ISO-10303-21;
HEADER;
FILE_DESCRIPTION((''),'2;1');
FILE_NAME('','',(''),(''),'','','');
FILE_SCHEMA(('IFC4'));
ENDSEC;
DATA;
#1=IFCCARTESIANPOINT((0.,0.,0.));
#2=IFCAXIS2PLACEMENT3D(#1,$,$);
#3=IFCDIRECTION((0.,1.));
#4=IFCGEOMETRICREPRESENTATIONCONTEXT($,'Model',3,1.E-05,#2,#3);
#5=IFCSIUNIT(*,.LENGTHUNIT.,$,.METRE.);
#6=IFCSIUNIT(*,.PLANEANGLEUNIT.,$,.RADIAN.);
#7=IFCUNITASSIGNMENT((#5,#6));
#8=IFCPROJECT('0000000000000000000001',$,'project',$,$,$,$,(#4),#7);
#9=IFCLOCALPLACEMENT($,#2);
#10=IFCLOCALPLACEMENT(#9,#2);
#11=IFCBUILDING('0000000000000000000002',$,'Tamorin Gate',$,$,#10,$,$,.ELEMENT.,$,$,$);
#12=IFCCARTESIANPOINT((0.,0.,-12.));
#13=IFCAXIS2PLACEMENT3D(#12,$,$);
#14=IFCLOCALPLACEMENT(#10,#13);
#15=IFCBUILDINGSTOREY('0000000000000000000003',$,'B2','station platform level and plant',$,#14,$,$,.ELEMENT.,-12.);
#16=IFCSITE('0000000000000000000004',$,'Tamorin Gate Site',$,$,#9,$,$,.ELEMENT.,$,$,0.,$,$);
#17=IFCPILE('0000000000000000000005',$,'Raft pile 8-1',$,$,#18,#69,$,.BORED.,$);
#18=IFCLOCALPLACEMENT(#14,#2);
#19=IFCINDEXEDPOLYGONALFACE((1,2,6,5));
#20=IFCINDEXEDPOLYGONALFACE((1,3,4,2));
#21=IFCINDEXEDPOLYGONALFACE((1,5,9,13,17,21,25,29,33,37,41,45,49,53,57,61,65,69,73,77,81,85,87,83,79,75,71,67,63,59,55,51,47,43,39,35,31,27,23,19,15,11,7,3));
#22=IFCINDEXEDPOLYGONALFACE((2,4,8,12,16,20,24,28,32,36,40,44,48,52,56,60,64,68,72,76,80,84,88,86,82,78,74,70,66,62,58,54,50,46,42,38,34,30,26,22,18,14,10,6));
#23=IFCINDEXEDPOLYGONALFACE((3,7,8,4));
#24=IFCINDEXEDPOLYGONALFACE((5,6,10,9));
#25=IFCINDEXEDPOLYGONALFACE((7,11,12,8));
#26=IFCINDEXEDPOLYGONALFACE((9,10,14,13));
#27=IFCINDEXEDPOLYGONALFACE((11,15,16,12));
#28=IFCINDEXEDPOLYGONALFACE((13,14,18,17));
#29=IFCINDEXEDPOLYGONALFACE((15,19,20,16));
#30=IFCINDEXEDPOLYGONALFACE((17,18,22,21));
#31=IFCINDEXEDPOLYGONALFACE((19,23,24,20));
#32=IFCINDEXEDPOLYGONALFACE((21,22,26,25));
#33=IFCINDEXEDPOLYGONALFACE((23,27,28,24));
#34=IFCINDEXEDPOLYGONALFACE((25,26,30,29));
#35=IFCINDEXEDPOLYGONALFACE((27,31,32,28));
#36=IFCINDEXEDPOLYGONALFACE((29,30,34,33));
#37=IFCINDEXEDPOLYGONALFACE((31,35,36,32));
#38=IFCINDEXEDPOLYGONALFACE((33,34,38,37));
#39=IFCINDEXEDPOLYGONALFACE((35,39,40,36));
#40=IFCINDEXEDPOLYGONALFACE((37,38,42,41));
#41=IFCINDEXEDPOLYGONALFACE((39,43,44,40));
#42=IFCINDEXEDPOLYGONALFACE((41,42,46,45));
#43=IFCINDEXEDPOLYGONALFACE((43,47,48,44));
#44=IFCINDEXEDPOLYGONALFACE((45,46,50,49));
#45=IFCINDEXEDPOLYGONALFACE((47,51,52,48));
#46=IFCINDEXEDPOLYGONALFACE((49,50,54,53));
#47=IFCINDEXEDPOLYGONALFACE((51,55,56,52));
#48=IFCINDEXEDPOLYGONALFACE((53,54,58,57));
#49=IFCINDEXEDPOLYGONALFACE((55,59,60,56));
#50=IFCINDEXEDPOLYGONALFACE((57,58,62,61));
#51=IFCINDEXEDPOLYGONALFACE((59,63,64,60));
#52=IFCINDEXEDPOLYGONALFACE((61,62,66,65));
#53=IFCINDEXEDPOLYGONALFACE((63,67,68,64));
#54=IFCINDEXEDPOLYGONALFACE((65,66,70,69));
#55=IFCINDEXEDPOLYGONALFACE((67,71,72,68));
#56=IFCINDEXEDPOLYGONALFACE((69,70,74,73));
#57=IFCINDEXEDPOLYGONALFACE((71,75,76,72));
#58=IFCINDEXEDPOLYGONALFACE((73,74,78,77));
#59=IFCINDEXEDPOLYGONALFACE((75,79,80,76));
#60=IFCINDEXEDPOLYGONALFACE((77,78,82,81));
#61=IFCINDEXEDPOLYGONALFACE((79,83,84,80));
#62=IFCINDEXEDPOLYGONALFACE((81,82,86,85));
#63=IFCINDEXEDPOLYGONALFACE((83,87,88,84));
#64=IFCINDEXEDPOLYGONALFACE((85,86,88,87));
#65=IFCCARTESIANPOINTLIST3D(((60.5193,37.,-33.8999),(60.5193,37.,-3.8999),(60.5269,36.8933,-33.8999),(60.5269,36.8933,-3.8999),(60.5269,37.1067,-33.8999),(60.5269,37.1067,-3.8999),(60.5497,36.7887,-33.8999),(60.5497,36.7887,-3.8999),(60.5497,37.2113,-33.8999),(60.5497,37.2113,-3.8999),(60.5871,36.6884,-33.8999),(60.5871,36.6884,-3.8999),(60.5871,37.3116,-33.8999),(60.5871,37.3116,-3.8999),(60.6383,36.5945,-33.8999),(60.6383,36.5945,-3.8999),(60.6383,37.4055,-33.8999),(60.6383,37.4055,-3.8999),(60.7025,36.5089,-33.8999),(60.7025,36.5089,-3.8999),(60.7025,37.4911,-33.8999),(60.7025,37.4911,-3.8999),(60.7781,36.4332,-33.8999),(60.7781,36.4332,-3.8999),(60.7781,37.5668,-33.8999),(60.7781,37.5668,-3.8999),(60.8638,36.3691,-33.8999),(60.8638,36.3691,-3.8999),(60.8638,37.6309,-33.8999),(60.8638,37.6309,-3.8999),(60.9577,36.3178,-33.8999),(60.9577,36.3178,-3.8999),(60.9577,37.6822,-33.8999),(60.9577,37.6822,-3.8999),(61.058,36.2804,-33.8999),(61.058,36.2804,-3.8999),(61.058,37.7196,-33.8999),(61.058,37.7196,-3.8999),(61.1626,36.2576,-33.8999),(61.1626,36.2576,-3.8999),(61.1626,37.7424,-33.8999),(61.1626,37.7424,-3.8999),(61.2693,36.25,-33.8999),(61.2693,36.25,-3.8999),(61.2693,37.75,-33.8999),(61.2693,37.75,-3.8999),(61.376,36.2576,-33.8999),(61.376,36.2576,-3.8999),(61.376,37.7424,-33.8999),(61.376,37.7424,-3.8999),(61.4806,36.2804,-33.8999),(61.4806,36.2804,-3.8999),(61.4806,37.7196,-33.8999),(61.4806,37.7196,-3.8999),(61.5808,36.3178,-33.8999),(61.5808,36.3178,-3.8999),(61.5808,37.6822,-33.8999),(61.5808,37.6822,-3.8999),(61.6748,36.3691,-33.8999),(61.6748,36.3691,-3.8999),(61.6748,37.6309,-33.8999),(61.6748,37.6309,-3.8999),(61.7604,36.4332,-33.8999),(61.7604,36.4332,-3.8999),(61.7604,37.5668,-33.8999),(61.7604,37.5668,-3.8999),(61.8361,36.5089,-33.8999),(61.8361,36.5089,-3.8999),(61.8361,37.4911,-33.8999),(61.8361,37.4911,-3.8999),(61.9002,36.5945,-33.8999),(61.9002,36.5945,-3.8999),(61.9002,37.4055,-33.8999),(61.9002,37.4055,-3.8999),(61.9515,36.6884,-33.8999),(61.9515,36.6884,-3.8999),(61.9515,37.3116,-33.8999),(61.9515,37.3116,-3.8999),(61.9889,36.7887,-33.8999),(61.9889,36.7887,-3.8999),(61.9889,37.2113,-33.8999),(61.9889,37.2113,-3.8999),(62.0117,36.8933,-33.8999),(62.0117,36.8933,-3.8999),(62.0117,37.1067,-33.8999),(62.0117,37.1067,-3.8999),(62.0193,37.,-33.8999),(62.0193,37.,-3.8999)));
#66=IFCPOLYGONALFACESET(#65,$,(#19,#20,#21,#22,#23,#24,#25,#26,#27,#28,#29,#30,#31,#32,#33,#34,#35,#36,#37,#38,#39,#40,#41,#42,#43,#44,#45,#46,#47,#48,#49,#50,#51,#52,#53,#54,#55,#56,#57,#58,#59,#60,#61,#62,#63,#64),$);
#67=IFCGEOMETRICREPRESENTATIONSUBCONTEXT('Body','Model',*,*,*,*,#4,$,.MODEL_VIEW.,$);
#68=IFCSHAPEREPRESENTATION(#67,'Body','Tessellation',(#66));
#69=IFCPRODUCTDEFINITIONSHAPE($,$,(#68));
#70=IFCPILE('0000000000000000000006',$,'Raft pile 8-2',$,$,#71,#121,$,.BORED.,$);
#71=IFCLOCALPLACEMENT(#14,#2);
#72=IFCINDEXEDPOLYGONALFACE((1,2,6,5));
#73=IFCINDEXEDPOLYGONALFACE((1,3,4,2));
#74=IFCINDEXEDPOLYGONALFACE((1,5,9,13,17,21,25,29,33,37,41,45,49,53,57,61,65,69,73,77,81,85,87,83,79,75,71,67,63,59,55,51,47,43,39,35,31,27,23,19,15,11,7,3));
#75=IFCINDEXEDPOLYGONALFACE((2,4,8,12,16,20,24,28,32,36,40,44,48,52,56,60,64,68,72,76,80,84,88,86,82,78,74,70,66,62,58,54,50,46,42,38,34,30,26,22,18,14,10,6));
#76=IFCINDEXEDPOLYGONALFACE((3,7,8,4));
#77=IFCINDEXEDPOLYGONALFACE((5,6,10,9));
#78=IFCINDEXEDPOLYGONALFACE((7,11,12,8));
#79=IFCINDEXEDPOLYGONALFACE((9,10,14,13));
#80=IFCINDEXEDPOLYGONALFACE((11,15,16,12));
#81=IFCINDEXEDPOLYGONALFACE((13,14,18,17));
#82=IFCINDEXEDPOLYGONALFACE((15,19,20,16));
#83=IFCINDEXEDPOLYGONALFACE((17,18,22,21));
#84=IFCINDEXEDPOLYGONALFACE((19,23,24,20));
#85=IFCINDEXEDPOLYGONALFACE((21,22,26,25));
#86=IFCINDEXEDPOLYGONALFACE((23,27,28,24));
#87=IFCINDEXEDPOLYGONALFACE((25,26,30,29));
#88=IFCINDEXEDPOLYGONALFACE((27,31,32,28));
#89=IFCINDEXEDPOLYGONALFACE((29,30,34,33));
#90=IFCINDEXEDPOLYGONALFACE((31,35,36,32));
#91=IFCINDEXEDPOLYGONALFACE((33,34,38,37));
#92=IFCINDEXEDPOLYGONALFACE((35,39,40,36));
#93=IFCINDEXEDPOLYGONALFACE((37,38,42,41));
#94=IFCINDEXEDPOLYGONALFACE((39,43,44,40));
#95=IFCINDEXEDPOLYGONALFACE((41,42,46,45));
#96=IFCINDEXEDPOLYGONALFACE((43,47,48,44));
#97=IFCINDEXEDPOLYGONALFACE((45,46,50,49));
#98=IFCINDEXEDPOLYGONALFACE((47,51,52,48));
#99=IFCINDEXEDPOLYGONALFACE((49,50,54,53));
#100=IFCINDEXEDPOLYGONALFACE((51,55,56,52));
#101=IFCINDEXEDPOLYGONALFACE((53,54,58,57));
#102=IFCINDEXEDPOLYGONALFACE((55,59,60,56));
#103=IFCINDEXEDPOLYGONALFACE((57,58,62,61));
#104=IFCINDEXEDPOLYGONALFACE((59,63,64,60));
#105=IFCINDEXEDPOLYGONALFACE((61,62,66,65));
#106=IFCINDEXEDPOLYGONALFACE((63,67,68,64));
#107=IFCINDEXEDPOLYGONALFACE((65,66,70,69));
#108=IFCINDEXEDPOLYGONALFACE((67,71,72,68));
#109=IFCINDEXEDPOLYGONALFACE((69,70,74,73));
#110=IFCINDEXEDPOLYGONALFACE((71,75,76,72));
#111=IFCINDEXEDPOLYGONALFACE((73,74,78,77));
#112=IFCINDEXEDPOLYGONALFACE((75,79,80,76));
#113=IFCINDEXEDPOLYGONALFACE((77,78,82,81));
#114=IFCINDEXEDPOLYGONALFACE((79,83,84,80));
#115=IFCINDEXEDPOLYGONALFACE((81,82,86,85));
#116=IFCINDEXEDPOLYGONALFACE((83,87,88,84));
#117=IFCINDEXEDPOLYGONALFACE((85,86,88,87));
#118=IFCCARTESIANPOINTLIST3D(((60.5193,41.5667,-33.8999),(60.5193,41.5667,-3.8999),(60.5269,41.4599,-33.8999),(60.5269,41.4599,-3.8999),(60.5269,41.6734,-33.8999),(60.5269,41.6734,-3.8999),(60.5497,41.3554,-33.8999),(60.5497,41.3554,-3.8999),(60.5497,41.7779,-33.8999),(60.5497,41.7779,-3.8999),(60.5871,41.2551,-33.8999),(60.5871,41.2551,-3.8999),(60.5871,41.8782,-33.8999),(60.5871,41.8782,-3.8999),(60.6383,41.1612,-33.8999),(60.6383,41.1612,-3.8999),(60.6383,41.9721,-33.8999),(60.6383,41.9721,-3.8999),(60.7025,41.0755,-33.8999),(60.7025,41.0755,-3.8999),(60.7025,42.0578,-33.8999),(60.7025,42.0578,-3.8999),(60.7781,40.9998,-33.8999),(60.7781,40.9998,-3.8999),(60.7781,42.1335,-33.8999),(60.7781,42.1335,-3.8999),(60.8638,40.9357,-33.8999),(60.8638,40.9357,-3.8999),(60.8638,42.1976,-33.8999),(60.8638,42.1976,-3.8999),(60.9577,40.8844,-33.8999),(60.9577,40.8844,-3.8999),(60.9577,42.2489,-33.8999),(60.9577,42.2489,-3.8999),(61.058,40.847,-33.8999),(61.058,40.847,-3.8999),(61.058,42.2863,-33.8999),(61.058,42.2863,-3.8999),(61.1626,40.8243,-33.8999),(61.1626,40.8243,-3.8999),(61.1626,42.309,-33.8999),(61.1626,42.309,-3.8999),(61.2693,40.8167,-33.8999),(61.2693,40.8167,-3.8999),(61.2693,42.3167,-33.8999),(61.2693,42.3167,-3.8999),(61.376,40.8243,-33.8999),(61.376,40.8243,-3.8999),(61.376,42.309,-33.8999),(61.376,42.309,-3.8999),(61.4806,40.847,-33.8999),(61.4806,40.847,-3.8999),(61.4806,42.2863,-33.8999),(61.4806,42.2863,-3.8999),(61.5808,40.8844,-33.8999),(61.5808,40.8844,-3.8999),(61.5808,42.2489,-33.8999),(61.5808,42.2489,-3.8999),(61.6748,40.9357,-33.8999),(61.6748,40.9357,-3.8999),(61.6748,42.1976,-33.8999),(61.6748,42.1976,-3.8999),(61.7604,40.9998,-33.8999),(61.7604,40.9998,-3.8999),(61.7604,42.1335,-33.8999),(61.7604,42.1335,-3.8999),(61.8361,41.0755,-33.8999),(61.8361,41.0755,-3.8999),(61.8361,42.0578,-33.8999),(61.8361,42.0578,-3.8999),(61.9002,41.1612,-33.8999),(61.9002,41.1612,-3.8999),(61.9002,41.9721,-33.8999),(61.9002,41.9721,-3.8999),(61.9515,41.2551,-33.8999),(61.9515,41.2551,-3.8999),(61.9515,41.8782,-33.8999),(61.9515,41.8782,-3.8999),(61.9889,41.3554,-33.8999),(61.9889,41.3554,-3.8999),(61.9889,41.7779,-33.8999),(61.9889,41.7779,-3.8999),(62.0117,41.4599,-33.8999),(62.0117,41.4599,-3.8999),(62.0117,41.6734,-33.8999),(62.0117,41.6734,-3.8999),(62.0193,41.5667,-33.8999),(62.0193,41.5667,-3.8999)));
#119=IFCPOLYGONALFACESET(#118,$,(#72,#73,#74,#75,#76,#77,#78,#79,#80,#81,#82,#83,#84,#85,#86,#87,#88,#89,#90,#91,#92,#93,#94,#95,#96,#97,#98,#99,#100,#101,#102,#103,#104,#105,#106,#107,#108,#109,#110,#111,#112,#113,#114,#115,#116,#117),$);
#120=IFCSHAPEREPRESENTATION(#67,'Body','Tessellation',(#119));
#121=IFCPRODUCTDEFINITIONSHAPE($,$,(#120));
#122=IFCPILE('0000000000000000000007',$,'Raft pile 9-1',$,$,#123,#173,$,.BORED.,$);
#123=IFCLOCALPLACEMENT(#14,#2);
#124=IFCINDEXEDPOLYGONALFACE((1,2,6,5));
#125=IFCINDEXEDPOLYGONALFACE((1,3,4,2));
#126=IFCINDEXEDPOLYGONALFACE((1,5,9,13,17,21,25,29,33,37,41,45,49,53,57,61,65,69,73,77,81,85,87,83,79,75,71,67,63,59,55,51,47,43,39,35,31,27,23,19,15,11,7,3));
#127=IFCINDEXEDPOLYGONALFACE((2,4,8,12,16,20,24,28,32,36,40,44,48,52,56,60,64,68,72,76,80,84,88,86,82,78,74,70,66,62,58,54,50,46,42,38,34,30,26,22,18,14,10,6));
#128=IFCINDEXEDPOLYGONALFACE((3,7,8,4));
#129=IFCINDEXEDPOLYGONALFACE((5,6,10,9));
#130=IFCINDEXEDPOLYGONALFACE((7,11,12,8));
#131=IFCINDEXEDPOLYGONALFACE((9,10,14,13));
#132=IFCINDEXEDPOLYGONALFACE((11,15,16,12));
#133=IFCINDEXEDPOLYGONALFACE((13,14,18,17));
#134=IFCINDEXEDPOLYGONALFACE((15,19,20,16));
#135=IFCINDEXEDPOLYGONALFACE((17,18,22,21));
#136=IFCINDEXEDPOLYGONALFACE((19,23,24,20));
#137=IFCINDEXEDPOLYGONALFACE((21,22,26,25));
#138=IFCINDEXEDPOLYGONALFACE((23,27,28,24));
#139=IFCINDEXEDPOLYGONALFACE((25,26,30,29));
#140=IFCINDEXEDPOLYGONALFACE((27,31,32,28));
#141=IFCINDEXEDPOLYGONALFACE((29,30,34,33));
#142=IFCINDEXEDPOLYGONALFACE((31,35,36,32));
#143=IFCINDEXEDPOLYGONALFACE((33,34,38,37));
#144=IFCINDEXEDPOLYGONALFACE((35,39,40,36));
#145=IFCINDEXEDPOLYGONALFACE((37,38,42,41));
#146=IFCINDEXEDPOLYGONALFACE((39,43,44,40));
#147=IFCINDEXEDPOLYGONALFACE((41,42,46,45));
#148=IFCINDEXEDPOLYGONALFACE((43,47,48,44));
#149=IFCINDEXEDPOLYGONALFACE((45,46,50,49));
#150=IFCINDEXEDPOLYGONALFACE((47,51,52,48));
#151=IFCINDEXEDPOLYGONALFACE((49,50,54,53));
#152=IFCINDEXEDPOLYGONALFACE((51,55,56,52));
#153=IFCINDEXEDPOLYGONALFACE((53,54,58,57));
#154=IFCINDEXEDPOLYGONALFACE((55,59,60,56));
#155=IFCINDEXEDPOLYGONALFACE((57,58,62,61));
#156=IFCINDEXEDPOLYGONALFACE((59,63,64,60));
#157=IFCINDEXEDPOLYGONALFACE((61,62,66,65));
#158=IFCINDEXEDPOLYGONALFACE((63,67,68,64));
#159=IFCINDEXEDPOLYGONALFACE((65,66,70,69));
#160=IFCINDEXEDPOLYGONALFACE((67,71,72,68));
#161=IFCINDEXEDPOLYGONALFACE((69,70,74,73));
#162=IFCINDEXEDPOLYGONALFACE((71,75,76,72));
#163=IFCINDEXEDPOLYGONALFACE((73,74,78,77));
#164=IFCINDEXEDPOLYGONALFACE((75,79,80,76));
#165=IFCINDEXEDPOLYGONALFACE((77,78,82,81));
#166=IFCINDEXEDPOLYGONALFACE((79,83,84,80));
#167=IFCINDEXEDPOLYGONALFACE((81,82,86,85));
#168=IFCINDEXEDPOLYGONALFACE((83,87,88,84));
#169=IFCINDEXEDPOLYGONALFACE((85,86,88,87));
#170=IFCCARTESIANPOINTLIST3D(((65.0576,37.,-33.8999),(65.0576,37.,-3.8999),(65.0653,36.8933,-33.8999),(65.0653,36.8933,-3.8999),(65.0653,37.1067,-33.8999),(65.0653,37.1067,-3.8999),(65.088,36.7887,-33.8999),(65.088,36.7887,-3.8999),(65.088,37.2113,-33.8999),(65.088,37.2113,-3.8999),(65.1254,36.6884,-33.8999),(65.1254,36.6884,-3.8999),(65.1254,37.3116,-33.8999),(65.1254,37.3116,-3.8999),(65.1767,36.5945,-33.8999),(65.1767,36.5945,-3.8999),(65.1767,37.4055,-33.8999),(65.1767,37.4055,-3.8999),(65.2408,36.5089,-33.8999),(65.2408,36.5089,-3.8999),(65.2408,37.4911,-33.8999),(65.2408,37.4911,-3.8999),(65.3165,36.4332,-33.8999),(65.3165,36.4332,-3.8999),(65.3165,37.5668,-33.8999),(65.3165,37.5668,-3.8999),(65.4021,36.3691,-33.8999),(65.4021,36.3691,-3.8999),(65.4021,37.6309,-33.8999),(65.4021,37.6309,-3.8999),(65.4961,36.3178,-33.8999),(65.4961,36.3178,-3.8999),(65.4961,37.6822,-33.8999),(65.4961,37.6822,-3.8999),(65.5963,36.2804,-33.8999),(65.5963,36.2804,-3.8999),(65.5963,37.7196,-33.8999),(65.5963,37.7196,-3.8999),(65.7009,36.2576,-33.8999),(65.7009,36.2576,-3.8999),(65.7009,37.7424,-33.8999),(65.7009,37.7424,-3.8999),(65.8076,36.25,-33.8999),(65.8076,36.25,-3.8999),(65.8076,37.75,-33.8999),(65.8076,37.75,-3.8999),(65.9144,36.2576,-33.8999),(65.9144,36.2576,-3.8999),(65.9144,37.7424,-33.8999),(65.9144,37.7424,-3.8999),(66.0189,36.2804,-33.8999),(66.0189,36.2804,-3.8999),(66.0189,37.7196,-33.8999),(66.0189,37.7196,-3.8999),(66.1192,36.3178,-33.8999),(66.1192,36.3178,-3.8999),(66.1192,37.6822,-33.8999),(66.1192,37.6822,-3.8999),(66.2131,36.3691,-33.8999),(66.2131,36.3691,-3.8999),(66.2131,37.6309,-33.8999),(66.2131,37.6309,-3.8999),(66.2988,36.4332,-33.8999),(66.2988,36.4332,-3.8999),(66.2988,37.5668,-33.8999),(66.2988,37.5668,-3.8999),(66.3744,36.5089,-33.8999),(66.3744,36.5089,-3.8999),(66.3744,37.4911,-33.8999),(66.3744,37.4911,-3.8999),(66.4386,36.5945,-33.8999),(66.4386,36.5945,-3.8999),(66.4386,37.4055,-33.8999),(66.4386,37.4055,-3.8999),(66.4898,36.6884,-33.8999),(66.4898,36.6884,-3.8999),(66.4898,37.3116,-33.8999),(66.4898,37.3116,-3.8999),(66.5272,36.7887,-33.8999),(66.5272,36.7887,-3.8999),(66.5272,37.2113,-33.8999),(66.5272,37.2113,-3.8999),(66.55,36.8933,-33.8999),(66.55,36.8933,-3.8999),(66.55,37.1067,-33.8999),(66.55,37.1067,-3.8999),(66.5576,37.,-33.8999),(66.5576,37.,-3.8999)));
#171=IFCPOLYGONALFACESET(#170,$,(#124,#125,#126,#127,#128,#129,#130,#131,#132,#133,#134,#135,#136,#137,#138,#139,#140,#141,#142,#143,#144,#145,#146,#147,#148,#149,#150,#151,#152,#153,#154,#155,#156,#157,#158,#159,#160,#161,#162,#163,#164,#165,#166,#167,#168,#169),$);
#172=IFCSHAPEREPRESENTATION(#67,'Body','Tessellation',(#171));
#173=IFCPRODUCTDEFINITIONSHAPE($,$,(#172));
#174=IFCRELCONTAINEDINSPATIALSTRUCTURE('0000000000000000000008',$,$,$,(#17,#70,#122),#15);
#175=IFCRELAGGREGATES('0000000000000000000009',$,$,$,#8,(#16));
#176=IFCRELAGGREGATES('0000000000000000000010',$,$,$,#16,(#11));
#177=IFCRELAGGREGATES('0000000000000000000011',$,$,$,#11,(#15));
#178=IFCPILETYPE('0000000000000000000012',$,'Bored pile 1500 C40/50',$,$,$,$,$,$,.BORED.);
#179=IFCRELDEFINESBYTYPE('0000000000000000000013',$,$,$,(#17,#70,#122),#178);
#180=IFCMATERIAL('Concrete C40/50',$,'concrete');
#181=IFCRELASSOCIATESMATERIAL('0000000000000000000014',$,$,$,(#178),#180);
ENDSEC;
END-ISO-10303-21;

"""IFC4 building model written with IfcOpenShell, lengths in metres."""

from ifc_helpers import new_model, si_unit, direction, frame, origin, origin_2d, place, context, subcontext, project, spatial, circle, extrude, material, material_profile, profile_set, type_object, element, save


model = new_model("IFC4")

# Units and contexts
model_context = context("Model", 3, precision=1e-05, world=origin(), true_north=direction((0.0, 1.0)))
body_context = subcontext(model_context, "Body", "Model", "MODEL_VIEW")
ifc_project = project(units=[si_unit("LENGTHUNIT", "METRE"), si_unit("PLANEANGLEUNIT", "RADIAN")], contexts=[model_context])

# Site, building, storey
site_placement = place(None, origin())
site = spatial("IfcSite", under=ifc_project, at=site_placement, Name="Tamorin Gate Site", CompositionType="ELEMENT", RefElevation=0.0)
building_placement = place(site_placement, origin())
building = spatial("IfcBuilding", under=site, at=building_placement, Name="Tamorin Gate", CompositionType="ELEMENT")
storey_placement = place(building_placement, frame((0.0, 0.0, -12.0)))
storey = spatial("IfcBuildingStorey", under=building, at=storey_placement, Name="B2", Description="station platform level and plant", CompositionType="ELEMENT", Elevation=-12.0)

# Piles
ifc_material_1 = material(Name="Concrete C40/50", Category="concrete")
ifc_material_profile_1 = material_profile(ifc_material_1, circle(Radius=0.75, at=origin_2d()))
ifc_profile_set_1 = profile_set([ifc_material_profile_1], Name="Concrete C40/50")
pile_type = type_object("IfcPileType", Name="Bored pile 1500 C40/50", PredefinedType="BORED", material=ifc_profile_set_1)
for number, where, z_axis, x_axis, name in (
    (1, (61.2693, 37.0, -3.8999), (0.0, 0.0, -1.0), (1.0, 0.0, 0.0), "Raft pile 8-1"),
    (2, (61.2693, 41.5667, -3.8999), (0.0, 0.0, -1.0), (1.0, 0.0, 0.0), "Raft pile 8-2"),
    (3, (65.8076, 37.0, -3.8999), (0.0, 0.0, -1.0), (1.0, 0.0, 0.0), "Raft pile 9-1"),
):
    element("IfcPile", number, at=place(storey_placement, frame(where, z_axis=z_axis, x_axis=x_axis)), inside=storey, type_object=pile_type, Name=name, PredefinedType="BORED", context=body_context, shape_type="SweptSolid", body=[
        extrude(circle(Radius=0.75, at=origin_2d()), origin(), (0.0, 0.0, 1.0), 30.0),
    ])

save(model, "model.ifc")
